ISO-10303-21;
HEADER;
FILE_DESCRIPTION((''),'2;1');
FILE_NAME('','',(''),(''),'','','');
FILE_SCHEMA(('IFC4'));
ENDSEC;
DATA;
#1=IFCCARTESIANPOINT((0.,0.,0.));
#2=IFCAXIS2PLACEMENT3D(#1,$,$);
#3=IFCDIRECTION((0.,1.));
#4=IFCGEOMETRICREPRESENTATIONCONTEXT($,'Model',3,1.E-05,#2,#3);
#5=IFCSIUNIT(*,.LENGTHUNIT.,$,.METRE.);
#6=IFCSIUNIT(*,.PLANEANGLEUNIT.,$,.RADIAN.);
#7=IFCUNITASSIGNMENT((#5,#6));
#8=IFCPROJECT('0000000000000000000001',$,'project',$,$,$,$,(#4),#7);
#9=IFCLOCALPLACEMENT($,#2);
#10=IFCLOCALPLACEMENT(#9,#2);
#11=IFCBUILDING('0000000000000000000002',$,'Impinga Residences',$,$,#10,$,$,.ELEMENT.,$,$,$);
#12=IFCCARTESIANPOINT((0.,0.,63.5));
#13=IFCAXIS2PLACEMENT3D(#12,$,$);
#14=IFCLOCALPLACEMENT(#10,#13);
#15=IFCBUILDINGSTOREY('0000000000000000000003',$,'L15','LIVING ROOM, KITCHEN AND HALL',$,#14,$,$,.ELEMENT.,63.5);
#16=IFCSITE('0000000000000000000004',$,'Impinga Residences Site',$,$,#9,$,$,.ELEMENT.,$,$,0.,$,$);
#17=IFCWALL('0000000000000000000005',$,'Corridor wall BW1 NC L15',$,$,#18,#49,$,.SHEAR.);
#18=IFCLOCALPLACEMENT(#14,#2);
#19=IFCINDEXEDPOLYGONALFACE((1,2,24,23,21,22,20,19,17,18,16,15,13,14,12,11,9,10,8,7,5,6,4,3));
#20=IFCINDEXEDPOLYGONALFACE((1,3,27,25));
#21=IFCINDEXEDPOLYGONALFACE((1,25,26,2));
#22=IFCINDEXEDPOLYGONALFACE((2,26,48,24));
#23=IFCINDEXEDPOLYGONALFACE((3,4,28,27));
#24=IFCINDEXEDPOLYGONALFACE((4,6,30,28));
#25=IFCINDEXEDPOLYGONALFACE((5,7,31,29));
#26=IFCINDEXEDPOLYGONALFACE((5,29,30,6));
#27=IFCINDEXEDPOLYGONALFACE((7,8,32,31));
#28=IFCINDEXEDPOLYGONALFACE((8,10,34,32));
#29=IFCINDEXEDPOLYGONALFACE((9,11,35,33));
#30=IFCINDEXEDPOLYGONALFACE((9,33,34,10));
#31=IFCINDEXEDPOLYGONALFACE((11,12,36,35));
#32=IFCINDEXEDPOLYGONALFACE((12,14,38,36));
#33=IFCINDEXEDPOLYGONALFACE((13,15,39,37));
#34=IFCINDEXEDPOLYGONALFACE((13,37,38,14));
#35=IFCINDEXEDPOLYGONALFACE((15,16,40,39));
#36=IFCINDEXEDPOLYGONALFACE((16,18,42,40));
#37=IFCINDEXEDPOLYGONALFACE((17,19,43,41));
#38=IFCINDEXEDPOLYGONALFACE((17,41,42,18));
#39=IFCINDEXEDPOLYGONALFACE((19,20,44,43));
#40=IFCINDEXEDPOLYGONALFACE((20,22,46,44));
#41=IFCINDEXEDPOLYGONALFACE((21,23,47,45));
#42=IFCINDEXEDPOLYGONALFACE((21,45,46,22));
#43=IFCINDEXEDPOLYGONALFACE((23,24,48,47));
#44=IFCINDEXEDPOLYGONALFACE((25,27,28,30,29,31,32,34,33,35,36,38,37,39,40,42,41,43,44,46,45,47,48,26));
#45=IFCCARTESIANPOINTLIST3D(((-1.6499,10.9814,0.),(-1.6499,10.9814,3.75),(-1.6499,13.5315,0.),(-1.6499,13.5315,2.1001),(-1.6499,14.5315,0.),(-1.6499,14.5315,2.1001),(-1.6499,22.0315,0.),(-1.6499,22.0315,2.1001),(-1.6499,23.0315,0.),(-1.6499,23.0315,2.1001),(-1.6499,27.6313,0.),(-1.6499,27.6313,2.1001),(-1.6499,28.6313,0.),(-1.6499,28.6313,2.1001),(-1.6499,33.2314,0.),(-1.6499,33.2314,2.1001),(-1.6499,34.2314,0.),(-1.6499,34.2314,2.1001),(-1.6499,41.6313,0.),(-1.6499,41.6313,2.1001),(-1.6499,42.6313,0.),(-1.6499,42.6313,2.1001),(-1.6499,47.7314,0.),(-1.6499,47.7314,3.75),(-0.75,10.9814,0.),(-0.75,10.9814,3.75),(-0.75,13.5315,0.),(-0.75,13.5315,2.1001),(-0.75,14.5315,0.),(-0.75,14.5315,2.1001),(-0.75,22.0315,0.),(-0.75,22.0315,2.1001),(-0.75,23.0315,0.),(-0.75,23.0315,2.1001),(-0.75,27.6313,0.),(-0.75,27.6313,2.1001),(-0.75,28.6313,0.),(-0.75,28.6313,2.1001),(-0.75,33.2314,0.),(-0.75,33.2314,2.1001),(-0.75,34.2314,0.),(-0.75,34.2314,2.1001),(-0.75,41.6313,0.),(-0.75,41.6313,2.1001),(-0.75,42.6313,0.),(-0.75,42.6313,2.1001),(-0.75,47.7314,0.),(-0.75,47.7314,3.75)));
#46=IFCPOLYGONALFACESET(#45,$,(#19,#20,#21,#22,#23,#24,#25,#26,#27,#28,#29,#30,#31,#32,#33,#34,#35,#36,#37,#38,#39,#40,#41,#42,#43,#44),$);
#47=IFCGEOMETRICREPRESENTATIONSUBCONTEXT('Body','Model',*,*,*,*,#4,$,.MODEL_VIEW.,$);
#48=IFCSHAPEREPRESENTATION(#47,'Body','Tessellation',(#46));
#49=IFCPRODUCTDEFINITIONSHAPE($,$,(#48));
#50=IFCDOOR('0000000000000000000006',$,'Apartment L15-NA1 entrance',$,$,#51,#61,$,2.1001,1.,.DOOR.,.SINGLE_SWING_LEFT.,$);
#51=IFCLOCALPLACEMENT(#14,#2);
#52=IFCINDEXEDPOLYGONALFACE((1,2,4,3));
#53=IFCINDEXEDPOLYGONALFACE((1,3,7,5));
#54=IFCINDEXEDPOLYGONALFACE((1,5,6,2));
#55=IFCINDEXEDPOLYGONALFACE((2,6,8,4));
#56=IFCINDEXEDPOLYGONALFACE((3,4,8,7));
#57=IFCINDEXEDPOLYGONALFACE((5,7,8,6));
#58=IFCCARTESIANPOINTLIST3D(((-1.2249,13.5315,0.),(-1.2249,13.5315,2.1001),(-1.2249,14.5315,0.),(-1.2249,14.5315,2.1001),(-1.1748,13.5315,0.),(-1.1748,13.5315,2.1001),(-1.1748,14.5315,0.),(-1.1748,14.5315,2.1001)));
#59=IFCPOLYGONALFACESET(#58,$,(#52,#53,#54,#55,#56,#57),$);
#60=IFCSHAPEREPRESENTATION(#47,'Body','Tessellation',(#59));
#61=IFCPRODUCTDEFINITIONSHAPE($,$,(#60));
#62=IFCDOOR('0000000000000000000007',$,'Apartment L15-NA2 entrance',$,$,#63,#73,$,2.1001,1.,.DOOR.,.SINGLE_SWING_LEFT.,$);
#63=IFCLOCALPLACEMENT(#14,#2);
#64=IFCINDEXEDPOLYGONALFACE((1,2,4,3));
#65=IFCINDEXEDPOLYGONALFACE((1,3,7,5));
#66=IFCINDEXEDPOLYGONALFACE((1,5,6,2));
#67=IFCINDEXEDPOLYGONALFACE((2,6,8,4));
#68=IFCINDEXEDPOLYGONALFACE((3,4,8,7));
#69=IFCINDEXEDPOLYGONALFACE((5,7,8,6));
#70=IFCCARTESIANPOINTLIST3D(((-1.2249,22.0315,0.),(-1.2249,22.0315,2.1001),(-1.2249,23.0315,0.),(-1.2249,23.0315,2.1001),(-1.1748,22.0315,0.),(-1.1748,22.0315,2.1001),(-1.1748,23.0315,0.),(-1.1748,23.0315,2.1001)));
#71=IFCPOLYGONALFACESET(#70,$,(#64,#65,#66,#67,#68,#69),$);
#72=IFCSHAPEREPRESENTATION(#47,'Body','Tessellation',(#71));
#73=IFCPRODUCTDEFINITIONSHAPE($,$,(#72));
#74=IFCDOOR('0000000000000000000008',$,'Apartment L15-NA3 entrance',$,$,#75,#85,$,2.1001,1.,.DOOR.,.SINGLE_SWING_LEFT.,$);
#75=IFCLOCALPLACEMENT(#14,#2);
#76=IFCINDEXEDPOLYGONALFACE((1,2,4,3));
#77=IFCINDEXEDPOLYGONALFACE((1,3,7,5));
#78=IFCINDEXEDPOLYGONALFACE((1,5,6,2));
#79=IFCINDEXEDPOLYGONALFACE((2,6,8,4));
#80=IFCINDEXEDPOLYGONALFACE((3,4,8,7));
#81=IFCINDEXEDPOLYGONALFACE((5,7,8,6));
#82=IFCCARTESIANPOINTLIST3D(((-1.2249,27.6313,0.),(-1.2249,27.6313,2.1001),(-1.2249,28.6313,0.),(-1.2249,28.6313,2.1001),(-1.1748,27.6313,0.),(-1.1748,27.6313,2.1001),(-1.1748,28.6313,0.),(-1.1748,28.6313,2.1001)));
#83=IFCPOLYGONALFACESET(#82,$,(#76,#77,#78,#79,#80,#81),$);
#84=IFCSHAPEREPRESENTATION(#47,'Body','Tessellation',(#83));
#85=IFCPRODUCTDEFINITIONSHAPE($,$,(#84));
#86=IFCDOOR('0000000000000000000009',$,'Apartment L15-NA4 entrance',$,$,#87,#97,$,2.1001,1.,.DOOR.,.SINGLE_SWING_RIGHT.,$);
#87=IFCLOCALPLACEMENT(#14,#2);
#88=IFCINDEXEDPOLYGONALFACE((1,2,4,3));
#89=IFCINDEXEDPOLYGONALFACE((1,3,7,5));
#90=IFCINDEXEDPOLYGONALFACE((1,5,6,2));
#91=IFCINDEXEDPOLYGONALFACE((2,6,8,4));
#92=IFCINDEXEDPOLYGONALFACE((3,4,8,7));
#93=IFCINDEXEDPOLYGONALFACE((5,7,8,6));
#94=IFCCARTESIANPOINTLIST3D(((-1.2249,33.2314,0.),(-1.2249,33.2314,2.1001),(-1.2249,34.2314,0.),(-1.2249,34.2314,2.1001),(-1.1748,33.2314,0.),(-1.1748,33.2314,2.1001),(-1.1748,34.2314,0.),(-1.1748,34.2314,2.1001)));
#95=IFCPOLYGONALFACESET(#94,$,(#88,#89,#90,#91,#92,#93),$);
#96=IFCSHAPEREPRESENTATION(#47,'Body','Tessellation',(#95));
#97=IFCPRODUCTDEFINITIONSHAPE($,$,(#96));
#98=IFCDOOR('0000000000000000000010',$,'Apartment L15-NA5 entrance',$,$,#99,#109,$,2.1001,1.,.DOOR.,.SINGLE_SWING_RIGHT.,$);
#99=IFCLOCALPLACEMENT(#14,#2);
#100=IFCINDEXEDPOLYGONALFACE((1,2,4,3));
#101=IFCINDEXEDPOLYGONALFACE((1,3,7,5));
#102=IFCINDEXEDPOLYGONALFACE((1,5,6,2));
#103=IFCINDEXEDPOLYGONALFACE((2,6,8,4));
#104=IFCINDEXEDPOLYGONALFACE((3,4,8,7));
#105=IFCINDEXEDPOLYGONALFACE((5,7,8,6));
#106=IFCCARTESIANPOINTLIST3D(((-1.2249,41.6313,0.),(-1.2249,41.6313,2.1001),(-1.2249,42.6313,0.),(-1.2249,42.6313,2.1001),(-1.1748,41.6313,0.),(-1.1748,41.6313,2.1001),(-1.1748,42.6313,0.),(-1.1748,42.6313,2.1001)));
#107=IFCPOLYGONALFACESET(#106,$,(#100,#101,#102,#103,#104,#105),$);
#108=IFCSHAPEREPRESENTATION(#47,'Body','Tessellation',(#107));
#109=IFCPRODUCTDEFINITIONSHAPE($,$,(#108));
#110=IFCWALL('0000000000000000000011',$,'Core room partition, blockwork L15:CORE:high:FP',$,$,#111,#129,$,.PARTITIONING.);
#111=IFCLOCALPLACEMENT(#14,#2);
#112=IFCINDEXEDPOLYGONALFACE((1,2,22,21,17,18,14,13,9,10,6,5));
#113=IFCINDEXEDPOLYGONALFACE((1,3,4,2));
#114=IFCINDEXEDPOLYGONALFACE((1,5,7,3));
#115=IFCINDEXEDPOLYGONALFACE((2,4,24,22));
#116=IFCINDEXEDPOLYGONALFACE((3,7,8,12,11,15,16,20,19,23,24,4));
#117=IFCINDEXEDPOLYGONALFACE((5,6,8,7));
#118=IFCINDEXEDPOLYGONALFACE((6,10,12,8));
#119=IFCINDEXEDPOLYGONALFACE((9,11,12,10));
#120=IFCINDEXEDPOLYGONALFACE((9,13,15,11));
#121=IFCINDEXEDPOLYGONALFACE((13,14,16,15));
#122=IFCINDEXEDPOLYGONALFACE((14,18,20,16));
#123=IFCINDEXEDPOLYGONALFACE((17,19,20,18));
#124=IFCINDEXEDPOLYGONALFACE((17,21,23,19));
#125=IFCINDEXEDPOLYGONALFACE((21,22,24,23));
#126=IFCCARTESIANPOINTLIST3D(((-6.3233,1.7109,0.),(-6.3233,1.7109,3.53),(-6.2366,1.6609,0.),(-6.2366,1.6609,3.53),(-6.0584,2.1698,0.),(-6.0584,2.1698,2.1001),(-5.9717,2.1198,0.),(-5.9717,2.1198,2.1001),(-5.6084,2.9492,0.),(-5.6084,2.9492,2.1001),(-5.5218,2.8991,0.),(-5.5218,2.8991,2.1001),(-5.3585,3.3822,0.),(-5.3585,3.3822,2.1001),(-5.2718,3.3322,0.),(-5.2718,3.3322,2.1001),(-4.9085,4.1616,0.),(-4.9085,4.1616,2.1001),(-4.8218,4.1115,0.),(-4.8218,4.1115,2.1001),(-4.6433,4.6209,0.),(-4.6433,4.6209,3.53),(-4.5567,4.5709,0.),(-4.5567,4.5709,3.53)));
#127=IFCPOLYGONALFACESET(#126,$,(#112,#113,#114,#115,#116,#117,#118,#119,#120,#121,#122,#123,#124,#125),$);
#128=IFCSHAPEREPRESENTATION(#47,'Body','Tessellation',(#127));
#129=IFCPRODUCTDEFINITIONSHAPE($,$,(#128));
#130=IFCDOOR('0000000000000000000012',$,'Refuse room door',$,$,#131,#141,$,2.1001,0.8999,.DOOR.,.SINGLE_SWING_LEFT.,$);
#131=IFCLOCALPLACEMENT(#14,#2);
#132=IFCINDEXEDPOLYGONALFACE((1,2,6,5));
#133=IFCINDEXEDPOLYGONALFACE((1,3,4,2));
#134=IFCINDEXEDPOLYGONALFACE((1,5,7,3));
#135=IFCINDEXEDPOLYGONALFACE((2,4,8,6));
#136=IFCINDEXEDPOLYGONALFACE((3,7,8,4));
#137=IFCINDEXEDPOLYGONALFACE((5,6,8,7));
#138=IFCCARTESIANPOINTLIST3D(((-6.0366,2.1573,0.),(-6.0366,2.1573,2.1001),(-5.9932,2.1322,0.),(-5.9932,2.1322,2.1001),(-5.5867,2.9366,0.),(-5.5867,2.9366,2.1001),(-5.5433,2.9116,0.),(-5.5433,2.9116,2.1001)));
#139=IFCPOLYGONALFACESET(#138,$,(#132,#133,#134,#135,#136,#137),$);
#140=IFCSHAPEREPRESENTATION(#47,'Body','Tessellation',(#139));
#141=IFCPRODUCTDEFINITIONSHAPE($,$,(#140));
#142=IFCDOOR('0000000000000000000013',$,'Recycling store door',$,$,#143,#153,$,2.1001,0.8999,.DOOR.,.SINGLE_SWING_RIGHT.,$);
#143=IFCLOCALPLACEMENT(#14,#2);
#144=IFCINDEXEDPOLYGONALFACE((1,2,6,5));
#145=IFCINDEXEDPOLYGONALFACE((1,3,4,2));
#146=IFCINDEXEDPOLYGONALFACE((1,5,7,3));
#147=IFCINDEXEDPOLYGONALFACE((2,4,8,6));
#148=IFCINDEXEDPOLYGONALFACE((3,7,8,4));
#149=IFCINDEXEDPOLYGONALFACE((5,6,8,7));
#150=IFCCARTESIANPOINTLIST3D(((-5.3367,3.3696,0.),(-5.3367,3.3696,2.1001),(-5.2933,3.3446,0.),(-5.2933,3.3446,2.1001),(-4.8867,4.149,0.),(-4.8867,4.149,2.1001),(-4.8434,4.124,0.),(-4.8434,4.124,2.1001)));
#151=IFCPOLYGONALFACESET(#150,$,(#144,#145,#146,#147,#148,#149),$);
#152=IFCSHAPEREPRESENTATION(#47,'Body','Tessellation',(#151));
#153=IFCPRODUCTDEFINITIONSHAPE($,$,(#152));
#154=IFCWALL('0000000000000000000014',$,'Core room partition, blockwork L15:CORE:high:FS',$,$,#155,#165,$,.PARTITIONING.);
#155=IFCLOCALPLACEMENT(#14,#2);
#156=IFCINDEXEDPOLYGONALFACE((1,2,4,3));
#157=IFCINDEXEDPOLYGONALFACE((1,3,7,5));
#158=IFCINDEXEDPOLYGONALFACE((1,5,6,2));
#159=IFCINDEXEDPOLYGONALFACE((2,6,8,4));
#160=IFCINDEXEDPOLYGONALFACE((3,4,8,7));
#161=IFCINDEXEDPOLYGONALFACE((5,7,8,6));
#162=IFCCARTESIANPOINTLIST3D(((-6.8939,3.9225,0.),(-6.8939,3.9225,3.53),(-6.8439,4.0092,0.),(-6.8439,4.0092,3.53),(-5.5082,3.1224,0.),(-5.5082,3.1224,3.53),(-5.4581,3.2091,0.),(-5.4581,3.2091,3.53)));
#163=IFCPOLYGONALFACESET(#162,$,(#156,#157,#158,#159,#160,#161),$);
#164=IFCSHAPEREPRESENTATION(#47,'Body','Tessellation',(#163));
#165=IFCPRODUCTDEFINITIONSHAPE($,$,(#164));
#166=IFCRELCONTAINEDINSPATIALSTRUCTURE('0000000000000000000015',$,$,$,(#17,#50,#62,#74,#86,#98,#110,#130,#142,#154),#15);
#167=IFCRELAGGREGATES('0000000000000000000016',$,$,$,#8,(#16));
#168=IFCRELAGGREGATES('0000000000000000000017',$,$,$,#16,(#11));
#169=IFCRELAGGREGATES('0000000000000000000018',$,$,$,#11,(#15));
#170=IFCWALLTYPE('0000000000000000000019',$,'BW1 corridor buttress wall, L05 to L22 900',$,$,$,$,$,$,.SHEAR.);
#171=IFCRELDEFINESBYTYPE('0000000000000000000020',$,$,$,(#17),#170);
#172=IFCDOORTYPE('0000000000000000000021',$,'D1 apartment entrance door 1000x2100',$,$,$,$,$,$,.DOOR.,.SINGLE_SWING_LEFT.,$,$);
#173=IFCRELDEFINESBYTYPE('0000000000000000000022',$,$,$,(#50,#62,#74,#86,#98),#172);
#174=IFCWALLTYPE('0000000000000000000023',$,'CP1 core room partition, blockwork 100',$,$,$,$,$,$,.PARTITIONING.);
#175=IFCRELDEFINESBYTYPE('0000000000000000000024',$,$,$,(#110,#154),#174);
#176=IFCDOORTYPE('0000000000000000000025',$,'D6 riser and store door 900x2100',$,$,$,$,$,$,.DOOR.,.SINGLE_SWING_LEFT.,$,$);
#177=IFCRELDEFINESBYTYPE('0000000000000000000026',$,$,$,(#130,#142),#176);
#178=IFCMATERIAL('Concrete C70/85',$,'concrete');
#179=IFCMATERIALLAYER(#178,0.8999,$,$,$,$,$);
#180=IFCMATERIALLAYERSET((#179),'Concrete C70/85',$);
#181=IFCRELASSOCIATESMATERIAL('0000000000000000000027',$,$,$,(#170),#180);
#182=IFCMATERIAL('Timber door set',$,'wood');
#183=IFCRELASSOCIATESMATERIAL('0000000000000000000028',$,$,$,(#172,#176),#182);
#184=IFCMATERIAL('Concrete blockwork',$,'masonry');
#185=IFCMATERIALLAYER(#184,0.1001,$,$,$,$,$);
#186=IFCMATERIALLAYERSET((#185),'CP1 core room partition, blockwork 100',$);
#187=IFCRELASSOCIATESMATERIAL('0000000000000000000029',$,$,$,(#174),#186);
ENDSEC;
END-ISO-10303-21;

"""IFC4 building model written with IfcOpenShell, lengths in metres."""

from ifc_helpers import new_model, si_unit, direction, frame, frame_2d, origin, place, context, subcontext, project, spatial, rectangle, extrude, material, layer, layer_set, type_object, element, fill, save


model = new_model("IFC4")

# Units and contexts
model_context = context("Model", 3, precision=1e-05, world=origin(), true_north=direction((0.0, 1.0)))
body_context = subcontext(model_context, "Body", "Model", "MODEL_VIEW")
ifc_project = project(units=[si_unit("LENGTHUNIT", "METRE"), si_unit("PLANEANGLEUNIT", "RADIAN")], contexts=[model_context])

# Site, building, storey
site_placement = place(None, origin())
site = spatial("IfcSite", under=ifc_project, at=site_placement, Name="Impinga Residences Site", CompositionType="ELEMENT", RefElevation=0.0)
building_placement = place(site_placement, origin())
building = spatial("IfcBuilding", under=site, at=building_placement, Name="Impinga Residences", CompositionType="ELEMENT")
storey_placement = place(building_placement, frame((0.0, 0.0, 63.5)))
storey = spatial("IfcBuildingStorey", under=building, at=storey_placement, Name="L15", Description="LIVING ROOM, KITCHEN AND HALL", CompositionType="ELEMENT", Elevation=63.5)

# Walls, openings, doors
ifc_material_1 = material(Name="Concrete C70/85", Category="concrete")
ifc_layer_1 = layer(ifc_material_1, 0.8999)
ifc_layer_set_1 = layer_set([ifc_layer_1], Name="Concrete C70/85")
wall_type_1 = type_object("IfcWallType", Name="BW1 corridor buttress wall, L05 to L22 900", PredefinedType="SHEAR", material=ifc_layer_set_1)
wall_1_placement = place(storey_placement, frame((-1.2, 10.9814, 0.0), z_axis=(0.0, 0.0, 1.0), x_axis=(0.0, 1.0, 0.0)))
wall_1 = element("IfcWall", 1, at=wall_1_placement, inside=storey, type_object=wall_type_1, Name="Corridor wall BW1 NC L15", PredefinedType="SHEAR", context=body_context, shape_type="SweptSolid", body=[
    extrude(rectangle(XDim=36.75, YDim=0.8999, at=frame_2d((18.375, 0.0))), origin(), (0.0, 0.0, 1.0), 3.75),
])
opening_1_placement = place(wall_1_placement, frame((2.55, 0.0, 0.0)))
opening_1 = element("IfcOpeningElement", 2, at=opening_1_placement, cuts=wall_1, PredefinedType="OPENING", context=body_context, shape_type="SweptSolid", body=[
    extrude(rectangle(XDim=1.0, YDim=2.1001, at=frame_2d((0.5, 1.05))), frame((0.0, 0.46, 0.0), z_axis=(0.0, -1.0, 0.0), x_axis=(1.0, 0.0, 0.0)), (0.0, 0.0, 1.0), 0.9199),
])
opening_2_placement = place(wall_1_placement, frame((11.05, 0.0, 0.0)))
opening_2 = element("IfcOpeningElement", 3, at=opening_2_placement, cuts=wall_1, PredefinedType="OPENING", context=body_context, shape_type="SweptSolid", body=[
    extrude(rectangle(XDim=1.0, YDim=2.1001, at=frame_2d((0.5, 1.05))), frame((0.0, 0.46, 0.0), z_axis=(0.0, -1.0, 0.0), x_axis=(1.0, 0.0, 0.0)), (0.0, 0.0, 1.0), 0.9199),
])
opening_3_placement = place(wall_1_placement, frame((16.6499, 0.0, 0.0)))
opening_3 = element("IfcOpeningElement", 4, at=opening_3_placement, cuts=wall_1, PredefinedType="OPENING", context=body_context, shape_type="SweptSolid", body=[
    extrude(rectangle(XDim=1.0, YDim=2.1001, at=frame_2d((0.5, 1.05))), frame((0.0, 0.46, 0.0), z_axis=(0.0, -1.0, 0.0), x_axis=(1.0, 0.0, 0.0)), (0.0, 0.0, 1.0), 0.9199),
])
opening_4_placement = place(wall_1_placement, frame((22.25, 0.0, 0.0)))
opening_4 = element("IfcOpeningElement", 5, at=opening_4_placement, cuts=wall_1, PredefinedType="OPENING", context=body_context, shape_type="SweptSolid", body=[
    extrude(rectangle(XDim=1.0, YDim=2.1001, at=frame_2d((0.5, 1.05))), frame((0.0, 0.46, 0.0), z_axis=(0.0, -1.0, 0.0), x_axis=(1.0, 0.0, 0.0)), (0.0, 0.0, 1.0), 0.9199),
])
opening_5_placement = place(wall_1_placement, frame((30.6499, 0.0, 0.0)))
opening_5 = element("IfcOpeningElement", 6, at=opening_5_placement, cuts=wall_1, PredefinedType="OPENING", context=body_context, shape_type="SweptSolid", body=[
    extrude(rectangle(XDim=1.0, YDim=2.1001, at=frame_2d((0.5, 1.05))), frame((0.0, 0.46, 0.0), z_axis=(0.0, -1.0, 0.0), x_axis=(1.0, 0.0, 0.0)), (0.0, 0.0, 1.0), 0.9199),
])
ifc_material_2 = material(Name="Timber door set", Category="wood")
door_type_1 = type_object("IfcDoorType", Name="D1 apartment entrance door 1000x2100", OperationType="SINGLE_SWING_LEFT", PredefinedType="DOOR", material=ifc_material_2)
door_1_placement = place(opening_1_placement, origin())
door_1 = element("IfcDoor", 7, at=door_1_placement, inside=storey, type_object=door_type_1, Name="Apartment L15-NA1 entrance", OperationType="SINGLE_SWING_LEFT", OverallHeight=2.1001, OverallWidth=1.0, PredefinedType="DOOR", context=body_context, shape_type="SweptSolid", body=[
    extrude(rectangle(XDim=1.0, YDim=2.1001, at=frame_2d((0.5, 1.05))), frame((0.0, 0.0249, 0.0), z_axis=(0.0, -1.0, 0.0), x_axis=(1.0, 0.0, 0.0)), (0.0, 0.0, 1.0), 0.05),
])
fill(opening_1, door_1)
door_2_placement = place(opening_2_placement, origin())
door_2 = element("IfcDoor", 8, at=door_2_placement, inside=storey, type_object=door_type_1, Name="Apartment L15-NA2 entrance", OperationType="SINGLE_SWING_LEFT", OverallHeight=2.1001, OverallWidth=1.0, PredefinedType="DOOR", context=body_context, shape_type="SweptSolid", body=[
    extrude(rectangle(XDim=1.0, YDim=2.1001, at=frame_2d((0.5, 1.05))), frame((0.0, 0.0249, 0.0), z_axis=(0.0, -1.0, 0.0), x_axis=(1.0, 0.0, 0.0)), (0.0, 0.0, 1.0), 0.05),
])
fill(opening_2, door_2)
door_3_placement = place(opening_3_placement, origin())
door_3 = element("IfcDoor", 9, at=door_3_placement, inside=storey, type_object=door_type_1, Name="Apartment L15-NA3 entrance", OperationType="SINGLE_SWING_LEFT", OverallHeight=2.1001, OverallWidth=1.0, PredefinedType="DOOR", context=body_context, shape_type="SweptSolid", body=[
    extrude(rectangle(XDim=1.0, YDim=2.1001, at=frame_2d((0.5, 1.05))), frame((0.0, 0.0249, 0.0), z_axis=(0.0, -1.0, 0.0), x_axis=(1.0, 0.0, 0.0)), (0.0, 0.0, 1.0), 0.05),
])
fill(opening_3, door_3)
door_4_placement = place(opening_4_placement, origin())
door_4 = element("IfcDoor", 10, at=door_4_placement, inside=storey, type_object=door_type_1, Name="Apartment L15-NA4 entrance", OperationType="SINGLE_SWING_RIGHT", OverallHeight=2.1001, OverallWidth=1.0, PredefinedType="DOOR", context=body_context, shape_type="SweptSolid", body=[
    extrude(rectangle(XDim=1.0, YDim=2.1001, at=frame_2d((0.5, 1.05))), frame((0.0, 0.0249, 0.0), z_axis=(0.0, -1.0, 0.0), x_axis=(1.0, 0.0, 0.0)), (0.0, 0.0, 1.0), 0.05),
])
fill(opening_4, door_4)
door_5_placement = place(opening_5_placement, origin())
door_5 = element("IfcDoor", 11, at=door_5_placement, inside=storey, type_object=door_type_1, Name="Apartment L15-NA5 entrance", OperationType="SINGLE_SWING_RIGHT", OverallHeight=2.1001, OverallWidth=1.0, PredefinedType="DOOR", context=body_context, shape_type="SweptSolid", body=[
    extrude(rectangle(XDim=1.0, YDim=2.1001, at=frame_2d((0.5, 1.05))), frame((0.0, 0.0249, 0.0), z_axis=(0.0, -1.0, 0.0), x_axis=(1.0, 0.0, 0.0)), (0.0, 0.0, 1.0), 0.05),
])
fill(opening_5, door_5)
ifc_material_3 = material(Name="Concrete blockwork", Category="masonry")
ifc_layer_2 = layer(ifc_material_3, 0.1001)
ifc_layer_set_2 = layer_set([ifc_layer_2], Name="CP1 core room partition, blockwork 100")
wall_type_2 = type_object("IfcWallType", Name="CP1 core room partition, blockwork 100", PredefinedType="PARTITIONING", material=ifc_layer_set_2)
wall_2_placement = place(storey_placement, frame((-6.28, 1.6858, 0.0), z_axis=(0.0, 0.0, 1.0), x_axis=(0.499976, 0.866039, 0.0)))
wall_2 = element("IfcWall", 12, at=wall_2_placement, inside=storey, type_object=wall_type_2, Name="Core room partition, blockwork L15:CORE:high:FP", PredefinedType="PARTITIONING", context=body_context, shape_type="SweptSolid", body=[
    extrude(rectangle(XDim=3.3601, YDim=0.1001, at=frame_2d((1.6802, 0.0))), origin(), (0.0, 0.0, 1.0), 3.53),
])
opening_6_placement = place(wall_2_placement, frame((0.53, 0.0, 0.0)))
opening_6 = element("IfcOpeningElement", 13, at=opening_6_placement, cuts=wall_2, PredefinedType="OPENING", context=body_context, shape_type="SweptSolid", body=[
    extrude(rectangle(XDim=0.8999, YDim=2.1001, at=frame_2d((0.45, 1.05))), frame((0.0, 0.0601, 0.0), z_axis=(0.0, -1.0, 0.0), x_axis=(1.0, 0.0, 0.0)), (0.0, 0.0, 1.0), 0.1201),
])
opening_7_placement = place(wall_2_placement, frame((1.9299, 0.0, 0.0)))
opening_7 = element("IfcOpeningElement", 14, at=opening_7_placement, cuts=wall_2, PredefinedType="OPENING", context=body_context, shape_type="SweptSolid", body=[
    extrude(rectangle(XDim=0.8999, YDim=2.1001, at=frame_2d((0.45, 1.05))), frame((0.0, 0.0601, 0.0), z_axis=(0.0, -1.0, 0.0), x_axis=(1.0, 0.0, 0.0)), (0.0, 0.0, 1.0), 0.1201),
])
door_type_2 = type_object("IfcDoorType", Name="D6 riser and store door 900x2100", OperationType="SINGLE_SWING_LEFT", PredefinedType="DOOR", material=ifc_material_2)
door_6_placement = place(opening_6_placement, origin())
door_6 = element("IfcDoor", 15, at=door_6_placement, inside=storey, type_object=door_type_2, Name="Refuse room door", OperationType="SINGLE_SWING_LEFT", OverallHeight=2.1001, OverallWidth=0.8999, PredefinedType="DOOR", context=body_context, shape_type="SweptSolid", body=[
    extrude(rectangle(XDim=0.8999, YDim=2.1001, at=frame_2d((0.45, 1.05))), frame((0.0, 0.0249, 0.0), z_axis=(0.0, -1.0, 0.0), x_axis=(1.0, 0.0, 0.0)), (0.0, 0.0, 1.0), 0.05),
])
fill(opening_6, door_6)
door_7_placement = place(opening_7_placement, origin())
door_7 = element("IfcDoor", 16, at=door_7_placement, inside=storey, type_object=door_type_2, Name="Recycling store door", OperationType="SINGLE_SWING_RIGHT", OverallHeight=2.1001, OverallWidth=0.8999, PredefinedType="DOOR", context=body_context, shape_type="SweptSolid", body=[
    extrude(rectangle(XDim=0.8999, YDim=2.1001, at=frame_2d((0.45, 1.05))), frame((0.0, 0.0249, 0.0), z_axis=(0.0, -1.0, 0.0), x_axis=(1.0, 0.0, 0.0)), (0.0, 0.0, 1.0), 0.05),
])
fill(opening_7, door_7)

# Wall
wall_3_placement = place(storey_placement, frame((-5.4832, 3.1658, 0.0), z_axis=(0.0, 0.0, 1.0), x_axis=(-0.866028, 0.499995, 0.0)))
element("IfcWall", 17, at=wall_3_placement, inside=storey, type_object=wall_type_2, Name="Core room partition, blockwork L15:CORE:high:FS", PredefinedType="PARTITIONING", context=body_context, shape_type="SweptSolid", body=[
    extrude(rectangle(XDim=1.6001, YDim=0.1001, at=frame_2d((0.8, 0.0))), origin(), (0.0, 0.0, 1.0), 3.53),
])

save(model, "model.ifc")
